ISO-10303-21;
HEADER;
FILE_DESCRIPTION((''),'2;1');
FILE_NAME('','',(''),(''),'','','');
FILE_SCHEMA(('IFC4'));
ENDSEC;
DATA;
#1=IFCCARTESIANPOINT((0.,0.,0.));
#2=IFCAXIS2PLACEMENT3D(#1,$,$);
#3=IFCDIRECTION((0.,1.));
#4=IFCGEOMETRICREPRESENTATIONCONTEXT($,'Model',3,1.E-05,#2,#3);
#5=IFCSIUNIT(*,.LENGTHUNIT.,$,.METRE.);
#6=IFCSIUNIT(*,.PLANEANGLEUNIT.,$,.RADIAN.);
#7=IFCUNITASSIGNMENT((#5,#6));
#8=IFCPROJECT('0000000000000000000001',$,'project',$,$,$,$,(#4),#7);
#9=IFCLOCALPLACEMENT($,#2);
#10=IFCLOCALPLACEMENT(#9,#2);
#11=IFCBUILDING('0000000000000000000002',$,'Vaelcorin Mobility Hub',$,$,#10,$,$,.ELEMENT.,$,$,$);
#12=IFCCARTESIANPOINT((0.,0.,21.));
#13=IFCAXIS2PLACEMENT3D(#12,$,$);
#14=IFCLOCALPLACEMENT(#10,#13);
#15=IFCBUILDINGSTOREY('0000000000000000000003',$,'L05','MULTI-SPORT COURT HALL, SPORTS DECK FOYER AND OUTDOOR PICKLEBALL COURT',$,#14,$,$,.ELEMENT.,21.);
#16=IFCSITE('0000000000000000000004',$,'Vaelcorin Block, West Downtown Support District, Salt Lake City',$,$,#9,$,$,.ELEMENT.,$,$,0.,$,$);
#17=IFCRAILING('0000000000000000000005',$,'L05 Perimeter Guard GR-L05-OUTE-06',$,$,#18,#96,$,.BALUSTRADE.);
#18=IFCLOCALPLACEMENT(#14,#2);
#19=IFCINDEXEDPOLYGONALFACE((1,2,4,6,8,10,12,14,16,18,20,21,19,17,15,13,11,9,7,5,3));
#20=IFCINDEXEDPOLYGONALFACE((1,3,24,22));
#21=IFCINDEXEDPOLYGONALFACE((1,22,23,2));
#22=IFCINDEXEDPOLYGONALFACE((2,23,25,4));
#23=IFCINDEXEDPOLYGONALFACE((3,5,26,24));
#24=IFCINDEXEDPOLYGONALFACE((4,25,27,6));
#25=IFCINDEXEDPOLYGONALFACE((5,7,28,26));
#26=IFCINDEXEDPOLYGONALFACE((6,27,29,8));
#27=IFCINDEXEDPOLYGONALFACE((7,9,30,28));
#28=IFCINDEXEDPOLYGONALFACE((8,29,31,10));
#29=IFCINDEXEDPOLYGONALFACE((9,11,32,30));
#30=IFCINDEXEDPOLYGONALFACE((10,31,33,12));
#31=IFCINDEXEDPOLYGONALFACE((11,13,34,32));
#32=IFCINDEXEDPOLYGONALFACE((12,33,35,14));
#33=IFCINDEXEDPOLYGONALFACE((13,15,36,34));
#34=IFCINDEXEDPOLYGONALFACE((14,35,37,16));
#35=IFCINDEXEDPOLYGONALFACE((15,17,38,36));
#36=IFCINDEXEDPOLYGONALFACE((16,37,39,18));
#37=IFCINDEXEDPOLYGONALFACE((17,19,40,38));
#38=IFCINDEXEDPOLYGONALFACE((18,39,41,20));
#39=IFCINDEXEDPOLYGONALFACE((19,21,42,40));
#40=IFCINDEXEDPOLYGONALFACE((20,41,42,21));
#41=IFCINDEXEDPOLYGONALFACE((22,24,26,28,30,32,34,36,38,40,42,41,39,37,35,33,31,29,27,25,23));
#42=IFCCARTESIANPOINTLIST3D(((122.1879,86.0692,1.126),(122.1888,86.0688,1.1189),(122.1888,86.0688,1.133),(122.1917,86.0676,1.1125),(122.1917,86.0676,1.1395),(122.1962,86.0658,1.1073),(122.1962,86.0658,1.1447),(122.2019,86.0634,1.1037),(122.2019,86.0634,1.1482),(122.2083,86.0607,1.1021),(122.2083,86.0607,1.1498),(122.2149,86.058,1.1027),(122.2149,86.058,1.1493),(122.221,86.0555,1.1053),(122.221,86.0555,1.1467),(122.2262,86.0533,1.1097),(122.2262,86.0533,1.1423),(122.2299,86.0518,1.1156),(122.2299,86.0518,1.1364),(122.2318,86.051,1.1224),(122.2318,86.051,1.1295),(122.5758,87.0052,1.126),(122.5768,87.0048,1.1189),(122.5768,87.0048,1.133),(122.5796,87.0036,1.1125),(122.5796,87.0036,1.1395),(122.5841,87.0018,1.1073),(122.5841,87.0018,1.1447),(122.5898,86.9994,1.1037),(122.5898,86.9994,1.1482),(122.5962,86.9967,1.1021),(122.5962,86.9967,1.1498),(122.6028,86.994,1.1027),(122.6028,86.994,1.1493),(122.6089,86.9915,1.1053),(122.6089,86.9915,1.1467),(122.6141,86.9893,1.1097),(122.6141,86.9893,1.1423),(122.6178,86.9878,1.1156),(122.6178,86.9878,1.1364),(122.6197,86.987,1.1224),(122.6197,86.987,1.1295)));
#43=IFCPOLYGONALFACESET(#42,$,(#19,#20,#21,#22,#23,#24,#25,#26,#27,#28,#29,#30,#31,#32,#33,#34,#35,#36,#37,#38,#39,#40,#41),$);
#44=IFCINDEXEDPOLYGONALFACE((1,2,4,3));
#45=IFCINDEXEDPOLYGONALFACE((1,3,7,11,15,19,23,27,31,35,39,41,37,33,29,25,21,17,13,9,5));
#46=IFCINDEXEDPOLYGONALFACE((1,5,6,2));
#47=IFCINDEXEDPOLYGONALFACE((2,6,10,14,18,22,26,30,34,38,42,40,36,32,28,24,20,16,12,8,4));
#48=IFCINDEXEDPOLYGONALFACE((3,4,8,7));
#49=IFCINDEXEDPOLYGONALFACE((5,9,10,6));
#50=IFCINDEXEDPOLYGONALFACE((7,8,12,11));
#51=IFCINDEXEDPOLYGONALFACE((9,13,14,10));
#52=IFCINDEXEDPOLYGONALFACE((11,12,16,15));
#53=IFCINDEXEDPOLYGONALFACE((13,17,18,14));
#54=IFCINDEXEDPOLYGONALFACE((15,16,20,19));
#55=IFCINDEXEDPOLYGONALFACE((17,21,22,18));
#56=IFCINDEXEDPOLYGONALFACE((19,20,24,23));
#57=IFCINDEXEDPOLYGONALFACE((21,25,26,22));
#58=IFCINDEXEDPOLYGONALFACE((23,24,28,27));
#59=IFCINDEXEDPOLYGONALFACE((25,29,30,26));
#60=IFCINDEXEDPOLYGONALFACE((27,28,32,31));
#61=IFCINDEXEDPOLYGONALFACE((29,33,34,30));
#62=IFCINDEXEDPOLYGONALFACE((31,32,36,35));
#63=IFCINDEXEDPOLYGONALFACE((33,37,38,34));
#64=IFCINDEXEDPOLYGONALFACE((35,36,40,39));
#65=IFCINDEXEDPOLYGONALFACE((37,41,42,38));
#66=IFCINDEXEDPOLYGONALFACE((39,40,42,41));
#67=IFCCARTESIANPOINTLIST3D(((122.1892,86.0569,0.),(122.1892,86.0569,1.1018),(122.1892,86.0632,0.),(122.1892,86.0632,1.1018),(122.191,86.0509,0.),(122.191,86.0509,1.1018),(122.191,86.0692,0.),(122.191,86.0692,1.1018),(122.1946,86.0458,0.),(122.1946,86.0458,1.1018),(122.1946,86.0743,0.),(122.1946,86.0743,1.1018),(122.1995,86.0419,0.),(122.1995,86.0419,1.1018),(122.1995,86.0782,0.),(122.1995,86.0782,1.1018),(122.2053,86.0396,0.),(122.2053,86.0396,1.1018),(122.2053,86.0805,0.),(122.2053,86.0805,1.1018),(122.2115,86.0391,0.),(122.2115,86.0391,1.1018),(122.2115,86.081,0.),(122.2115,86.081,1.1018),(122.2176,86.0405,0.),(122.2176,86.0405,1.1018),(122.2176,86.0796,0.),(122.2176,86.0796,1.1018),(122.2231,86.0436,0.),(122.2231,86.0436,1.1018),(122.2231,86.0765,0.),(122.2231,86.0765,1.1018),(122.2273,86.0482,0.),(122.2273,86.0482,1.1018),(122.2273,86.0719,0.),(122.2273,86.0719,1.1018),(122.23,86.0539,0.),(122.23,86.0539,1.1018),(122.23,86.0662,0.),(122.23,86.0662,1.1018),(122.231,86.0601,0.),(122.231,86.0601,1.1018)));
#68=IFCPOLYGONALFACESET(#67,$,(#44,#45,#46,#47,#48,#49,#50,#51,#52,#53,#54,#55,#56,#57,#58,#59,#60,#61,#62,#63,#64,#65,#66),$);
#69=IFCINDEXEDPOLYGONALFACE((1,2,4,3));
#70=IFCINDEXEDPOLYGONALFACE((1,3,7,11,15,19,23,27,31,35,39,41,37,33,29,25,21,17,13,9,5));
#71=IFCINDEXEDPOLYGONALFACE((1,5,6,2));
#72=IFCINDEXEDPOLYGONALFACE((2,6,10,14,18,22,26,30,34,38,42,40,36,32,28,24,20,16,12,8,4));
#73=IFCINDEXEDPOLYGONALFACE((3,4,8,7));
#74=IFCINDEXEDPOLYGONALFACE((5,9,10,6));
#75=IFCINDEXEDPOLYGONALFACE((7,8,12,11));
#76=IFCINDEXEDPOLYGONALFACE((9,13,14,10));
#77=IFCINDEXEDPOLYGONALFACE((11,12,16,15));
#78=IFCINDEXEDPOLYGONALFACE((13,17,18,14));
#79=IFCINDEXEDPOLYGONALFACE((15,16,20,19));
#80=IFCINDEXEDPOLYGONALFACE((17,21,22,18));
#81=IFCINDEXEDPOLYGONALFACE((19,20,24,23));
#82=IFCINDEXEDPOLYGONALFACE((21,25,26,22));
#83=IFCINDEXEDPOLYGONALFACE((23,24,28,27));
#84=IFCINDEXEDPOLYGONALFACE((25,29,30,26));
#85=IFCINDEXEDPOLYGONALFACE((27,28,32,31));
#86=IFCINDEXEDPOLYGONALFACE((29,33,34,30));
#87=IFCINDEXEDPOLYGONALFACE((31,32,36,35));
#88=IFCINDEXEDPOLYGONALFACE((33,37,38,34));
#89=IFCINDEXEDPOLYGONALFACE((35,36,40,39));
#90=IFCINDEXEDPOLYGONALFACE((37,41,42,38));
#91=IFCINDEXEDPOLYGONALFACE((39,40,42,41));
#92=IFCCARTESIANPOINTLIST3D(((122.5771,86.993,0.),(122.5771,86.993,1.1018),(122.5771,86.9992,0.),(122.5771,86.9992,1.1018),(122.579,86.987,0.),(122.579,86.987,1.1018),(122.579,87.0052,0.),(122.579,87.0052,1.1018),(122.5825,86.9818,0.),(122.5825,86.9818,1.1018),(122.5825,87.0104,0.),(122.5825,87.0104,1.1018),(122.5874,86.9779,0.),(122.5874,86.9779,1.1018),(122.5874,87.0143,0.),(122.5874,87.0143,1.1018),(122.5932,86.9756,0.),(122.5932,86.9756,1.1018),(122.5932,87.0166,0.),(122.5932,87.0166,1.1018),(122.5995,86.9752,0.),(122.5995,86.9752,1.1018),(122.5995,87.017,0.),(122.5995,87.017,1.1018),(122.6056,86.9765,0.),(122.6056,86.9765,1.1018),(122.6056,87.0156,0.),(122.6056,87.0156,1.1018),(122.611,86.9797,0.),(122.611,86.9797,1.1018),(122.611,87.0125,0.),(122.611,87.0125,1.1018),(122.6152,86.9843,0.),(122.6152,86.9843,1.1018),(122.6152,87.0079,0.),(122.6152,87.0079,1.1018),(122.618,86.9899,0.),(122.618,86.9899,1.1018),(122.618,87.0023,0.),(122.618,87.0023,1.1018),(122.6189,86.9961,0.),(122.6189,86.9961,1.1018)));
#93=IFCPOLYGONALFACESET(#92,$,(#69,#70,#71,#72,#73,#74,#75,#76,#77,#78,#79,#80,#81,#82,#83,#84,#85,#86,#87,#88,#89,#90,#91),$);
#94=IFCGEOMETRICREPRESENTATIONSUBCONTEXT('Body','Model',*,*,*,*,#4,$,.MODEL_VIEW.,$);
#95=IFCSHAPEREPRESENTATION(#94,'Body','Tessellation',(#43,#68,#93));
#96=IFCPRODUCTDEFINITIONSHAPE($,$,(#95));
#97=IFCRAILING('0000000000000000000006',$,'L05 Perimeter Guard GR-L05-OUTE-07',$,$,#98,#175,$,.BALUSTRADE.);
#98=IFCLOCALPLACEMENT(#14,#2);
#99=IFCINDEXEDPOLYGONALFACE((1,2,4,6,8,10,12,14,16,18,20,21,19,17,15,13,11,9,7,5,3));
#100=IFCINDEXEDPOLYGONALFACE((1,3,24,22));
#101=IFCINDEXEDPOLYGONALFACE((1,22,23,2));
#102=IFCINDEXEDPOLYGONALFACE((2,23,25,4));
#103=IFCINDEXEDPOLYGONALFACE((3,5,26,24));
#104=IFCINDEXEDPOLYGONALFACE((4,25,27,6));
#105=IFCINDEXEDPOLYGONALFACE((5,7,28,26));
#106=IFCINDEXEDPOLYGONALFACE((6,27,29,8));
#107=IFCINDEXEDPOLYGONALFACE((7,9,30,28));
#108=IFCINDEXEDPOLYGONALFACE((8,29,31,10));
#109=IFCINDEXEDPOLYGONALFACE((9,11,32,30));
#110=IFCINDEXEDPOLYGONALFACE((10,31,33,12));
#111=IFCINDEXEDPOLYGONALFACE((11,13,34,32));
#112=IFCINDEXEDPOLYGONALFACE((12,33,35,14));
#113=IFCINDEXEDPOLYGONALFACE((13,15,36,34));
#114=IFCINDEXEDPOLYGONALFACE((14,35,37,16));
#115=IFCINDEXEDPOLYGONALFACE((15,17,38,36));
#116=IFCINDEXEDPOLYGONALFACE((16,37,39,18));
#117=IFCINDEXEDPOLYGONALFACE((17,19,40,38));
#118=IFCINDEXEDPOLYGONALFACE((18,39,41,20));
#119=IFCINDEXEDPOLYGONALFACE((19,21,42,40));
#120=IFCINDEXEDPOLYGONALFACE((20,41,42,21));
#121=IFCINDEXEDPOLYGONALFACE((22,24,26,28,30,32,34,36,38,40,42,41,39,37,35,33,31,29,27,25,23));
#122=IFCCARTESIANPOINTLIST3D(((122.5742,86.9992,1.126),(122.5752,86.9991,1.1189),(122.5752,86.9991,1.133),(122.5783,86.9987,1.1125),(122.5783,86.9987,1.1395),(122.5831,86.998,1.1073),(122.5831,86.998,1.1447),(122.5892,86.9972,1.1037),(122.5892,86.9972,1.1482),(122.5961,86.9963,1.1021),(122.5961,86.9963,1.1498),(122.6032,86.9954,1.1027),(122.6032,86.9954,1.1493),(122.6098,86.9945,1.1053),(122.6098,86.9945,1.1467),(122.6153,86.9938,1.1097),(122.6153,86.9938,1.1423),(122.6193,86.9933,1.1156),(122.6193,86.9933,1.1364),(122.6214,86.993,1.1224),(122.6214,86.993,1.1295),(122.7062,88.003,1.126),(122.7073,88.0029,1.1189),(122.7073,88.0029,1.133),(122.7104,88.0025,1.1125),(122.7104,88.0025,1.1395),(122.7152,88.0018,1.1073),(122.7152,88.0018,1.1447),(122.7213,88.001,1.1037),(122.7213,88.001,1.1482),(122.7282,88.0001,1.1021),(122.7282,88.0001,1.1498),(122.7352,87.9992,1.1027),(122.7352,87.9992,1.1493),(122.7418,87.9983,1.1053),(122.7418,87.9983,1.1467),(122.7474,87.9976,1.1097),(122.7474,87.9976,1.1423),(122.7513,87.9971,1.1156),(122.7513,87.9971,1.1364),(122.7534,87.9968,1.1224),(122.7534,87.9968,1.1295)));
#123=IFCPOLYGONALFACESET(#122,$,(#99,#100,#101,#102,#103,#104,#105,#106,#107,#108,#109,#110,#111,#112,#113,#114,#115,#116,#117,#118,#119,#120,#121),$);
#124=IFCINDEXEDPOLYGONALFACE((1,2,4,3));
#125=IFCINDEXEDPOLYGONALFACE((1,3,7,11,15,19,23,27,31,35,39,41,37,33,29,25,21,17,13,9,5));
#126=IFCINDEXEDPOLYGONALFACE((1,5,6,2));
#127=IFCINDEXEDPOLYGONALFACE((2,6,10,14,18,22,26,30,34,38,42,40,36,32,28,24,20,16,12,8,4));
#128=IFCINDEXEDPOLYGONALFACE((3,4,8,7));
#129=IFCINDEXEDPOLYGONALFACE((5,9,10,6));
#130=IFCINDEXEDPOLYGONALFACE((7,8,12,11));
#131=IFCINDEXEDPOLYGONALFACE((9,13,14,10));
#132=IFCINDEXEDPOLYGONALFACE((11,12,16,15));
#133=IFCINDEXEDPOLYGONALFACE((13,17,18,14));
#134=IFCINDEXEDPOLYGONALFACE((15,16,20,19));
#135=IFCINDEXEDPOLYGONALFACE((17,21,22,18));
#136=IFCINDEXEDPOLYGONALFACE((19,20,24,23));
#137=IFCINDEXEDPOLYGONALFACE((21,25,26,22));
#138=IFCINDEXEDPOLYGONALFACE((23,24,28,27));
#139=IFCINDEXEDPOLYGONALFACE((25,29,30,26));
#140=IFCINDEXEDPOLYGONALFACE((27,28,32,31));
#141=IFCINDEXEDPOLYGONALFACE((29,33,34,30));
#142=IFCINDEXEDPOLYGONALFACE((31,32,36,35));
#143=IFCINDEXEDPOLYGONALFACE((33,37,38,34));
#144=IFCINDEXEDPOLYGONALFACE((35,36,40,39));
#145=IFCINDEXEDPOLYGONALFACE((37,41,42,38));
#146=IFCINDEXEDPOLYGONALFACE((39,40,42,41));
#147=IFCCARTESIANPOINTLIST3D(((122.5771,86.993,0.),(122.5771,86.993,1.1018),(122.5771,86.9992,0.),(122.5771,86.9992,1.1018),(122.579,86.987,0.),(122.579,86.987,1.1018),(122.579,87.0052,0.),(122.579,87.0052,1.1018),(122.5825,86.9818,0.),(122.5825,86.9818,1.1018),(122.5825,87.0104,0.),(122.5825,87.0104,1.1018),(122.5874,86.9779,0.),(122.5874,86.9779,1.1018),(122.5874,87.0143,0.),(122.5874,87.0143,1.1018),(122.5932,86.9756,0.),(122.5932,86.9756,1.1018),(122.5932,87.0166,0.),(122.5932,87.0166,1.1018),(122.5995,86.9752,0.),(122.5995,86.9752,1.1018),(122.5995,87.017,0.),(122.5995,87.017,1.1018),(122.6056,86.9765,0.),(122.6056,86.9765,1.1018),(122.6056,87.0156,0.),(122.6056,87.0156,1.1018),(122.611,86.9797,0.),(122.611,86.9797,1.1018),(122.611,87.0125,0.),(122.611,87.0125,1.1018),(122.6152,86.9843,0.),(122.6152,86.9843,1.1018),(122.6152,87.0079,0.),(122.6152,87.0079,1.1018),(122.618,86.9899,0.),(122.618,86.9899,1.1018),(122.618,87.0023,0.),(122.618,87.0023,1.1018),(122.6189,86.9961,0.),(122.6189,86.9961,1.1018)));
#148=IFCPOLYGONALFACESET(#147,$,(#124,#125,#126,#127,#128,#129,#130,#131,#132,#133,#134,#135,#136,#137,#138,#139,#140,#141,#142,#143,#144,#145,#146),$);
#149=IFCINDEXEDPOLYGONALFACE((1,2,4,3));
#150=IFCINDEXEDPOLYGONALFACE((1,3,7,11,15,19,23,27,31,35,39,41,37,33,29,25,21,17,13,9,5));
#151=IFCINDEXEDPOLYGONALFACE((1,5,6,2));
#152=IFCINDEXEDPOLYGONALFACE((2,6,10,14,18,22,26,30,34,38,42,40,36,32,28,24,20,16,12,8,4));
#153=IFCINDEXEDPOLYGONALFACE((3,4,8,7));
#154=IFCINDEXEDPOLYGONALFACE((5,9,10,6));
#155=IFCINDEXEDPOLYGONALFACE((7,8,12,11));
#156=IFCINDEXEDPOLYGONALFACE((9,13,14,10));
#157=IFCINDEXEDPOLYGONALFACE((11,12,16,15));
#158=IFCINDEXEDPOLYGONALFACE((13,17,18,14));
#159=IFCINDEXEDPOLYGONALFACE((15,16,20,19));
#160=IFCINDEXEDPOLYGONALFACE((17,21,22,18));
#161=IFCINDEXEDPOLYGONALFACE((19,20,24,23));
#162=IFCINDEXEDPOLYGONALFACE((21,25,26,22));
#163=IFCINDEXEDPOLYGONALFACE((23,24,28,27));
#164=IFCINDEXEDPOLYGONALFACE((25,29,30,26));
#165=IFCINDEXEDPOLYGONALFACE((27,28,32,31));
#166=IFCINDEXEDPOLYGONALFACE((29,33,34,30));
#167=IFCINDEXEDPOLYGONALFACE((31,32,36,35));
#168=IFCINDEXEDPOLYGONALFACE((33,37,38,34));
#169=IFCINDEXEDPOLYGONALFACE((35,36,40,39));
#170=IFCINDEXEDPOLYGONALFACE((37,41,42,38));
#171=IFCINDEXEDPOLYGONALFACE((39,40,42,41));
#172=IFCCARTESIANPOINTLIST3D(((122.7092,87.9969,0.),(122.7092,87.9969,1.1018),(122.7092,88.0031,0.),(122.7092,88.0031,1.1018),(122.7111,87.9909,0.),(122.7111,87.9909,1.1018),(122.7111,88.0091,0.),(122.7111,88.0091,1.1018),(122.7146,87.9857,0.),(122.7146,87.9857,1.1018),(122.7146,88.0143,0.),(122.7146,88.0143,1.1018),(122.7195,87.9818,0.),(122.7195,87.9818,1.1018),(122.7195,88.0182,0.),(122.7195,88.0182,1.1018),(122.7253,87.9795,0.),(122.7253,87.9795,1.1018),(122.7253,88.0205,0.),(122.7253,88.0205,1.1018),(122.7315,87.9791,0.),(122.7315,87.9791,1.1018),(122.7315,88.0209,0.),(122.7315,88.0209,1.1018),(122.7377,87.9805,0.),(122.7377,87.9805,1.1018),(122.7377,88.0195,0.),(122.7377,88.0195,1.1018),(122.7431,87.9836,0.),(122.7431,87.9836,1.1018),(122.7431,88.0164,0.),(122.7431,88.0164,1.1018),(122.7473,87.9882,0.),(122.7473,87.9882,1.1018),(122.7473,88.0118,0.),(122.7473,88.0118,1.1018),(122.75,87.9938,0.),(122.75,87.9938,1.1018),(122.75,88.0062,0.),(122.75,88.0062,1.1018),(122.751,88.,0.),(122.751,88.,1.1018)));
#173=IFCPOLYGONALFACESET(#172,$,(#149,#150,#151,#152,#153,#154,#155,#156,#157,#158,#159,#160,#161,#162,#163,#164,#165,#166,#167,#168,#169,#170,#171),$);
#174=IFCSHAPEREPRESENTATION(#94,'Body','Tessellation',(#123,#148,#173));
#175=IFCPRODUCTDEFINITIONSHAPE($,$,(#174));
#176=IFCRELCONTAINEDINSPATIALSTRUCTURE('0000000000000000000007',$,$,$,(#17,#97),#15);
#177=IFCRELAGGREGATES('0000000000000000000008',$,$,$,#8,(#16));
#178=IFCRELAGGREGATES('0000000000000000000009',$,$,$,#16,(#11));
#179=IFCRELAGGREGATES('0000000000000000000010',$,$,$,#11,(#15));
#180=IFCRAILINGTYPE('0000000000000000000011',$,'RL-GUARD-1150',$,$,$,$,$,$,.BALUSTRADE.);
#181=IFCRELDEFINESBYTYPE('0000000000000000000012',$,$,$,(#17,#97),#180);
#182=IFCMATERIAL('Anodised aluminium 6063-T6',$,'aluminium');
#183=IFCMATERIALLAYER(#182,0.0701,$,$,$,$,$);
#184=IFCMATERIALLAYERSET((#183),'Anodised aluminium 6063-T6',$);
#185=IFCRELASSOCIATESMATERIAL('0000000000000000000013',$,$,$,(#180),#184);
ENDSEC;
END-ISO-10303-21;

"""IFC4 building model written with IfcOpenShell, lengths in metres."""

from ifc_helpers import new_model, si_unit, direction, frame, origin, origin_2d, place, context, subcontext, project, spatial, circle, extrude, material, layer, layer_set, type_object, element, save


model = new_model("IFC4")

# Units and contexts
model_context = context("Model", 3, precision=1e-05, world=origin(), true_north=direction((0.0, 1.0)))
body_context = subcontext(model_context, "Body", "Model", "MODEL_VIEW")
ifc_project = project(units=[si_unit("LENGTHUNIT", "METRE"), si_unit("PLANEANGLEUNIT", "RADIAN")], contexts=[model_context])

# Site, building, storey
site_placement = place(None, origin())
site = spatial("IfcSite", under=ifc_project, at=site_placement, Name="Vaelcorin Block, West Downtown Support District, Salt Lake City", CompositionType="ELEMENT", RefElevation=0.0)
building_placement = place(site_placement, origin())
building = spatial("IfcBuilding", under=site, at=building_placement, Name="Vaelcorin Mobility Hub", CompositionType="ELEMENT")
storey_placement = place(building_placement, frame((0.0, 0.0, 21.0)))
storey = spatial("IfcBuildingStorey", under=building, at=storey_placement, Name="L05", Description="MULTI-SPORT COURT HALL, SPORTS DECK FOYER AND OUTDOOR PICKLEBALL COURT", CompositionType="ELEMENT", Elevation=21.0)

# Shared definitions
ifc_material_1 = material(Name="Anodised aluminium 6063-T6", Category="aluminium")

# Railings
ifc_layer_1 = layer(ifc_material_1, 0.0701)
ifc_layer_set_1 = layer_set([ifc_layer_1], Name="Anodised aluminium 6063-T6")
railing_type = type_object("IfcRailingType", Name="RL-GUARD-1150", PredefinedType="BALUSTRADE", material=ifc_layer_set_1)
railing_1_placement = place(storey_placement, frame((122.21, 86.0601, 0.0)))
element("IfcRailing", 1, at=railing_1_placement, inside=storey, type_object=railing_type, Name="L05 Perimeter Guard GR-L05-OUTE-06", PredefinedType="BALUSTRADE", context=body_context, shape_type="SweptSolid", body=[
    extrude(circle(Radius=0.0239, at=origin_2d()), frame((0.0, 0.0, 1.126), z_axis=(0.38287, 0.923802, 0.0), x_axis=(-0.923802, 0.38287, 0.0)), (0.0, 0.0, 1.0), 1.0132),
    extrude(circle(Radius=0.021, at=origin_2d()), origin(), (0.0, 0.0, 1.0), 1.1018),
    extrude(circle(Radius=0.021, at=origin_2d()), frame((0.3879, 0.936, 0.0)), (0.0, 0.0, 1.0), 1.1018),
])
railing_2_placement = place(storey_placement, frame((122.5979, 86.9961, 0.0)))
element("IfcRailing", 2, at=railing_2_placement, inside=storey, type_object=railing_type, Name="L05 Perimeter Guard GR-L05-OUTE-07", PredefinedType="BALUSTRADE", context=body_context, shape_type="SweptSolid", body=[
    extrude(circle(Radius=0.0239, at=origin_2d()), frame((0.0, 0.0, 1.126), z_axis=(0.130442, 0.991456, 0.0), x_axis=(-0.991456, 0.130442, 0.0)), (0.0, 0.0, 1.0), 1.0125),
    extrude(circle(Radius=0.021, at=origin_2d()), origin(), (0.0, 0.0, 1.0), 1.1018),
    extrude(circle(Radius=0.021, at=origin_2d()), frame((0.1321, 1.0039, 0.0)), (0.0, 0.0, 1.0), 1.1018),
])

save(model, "model.ifc")
